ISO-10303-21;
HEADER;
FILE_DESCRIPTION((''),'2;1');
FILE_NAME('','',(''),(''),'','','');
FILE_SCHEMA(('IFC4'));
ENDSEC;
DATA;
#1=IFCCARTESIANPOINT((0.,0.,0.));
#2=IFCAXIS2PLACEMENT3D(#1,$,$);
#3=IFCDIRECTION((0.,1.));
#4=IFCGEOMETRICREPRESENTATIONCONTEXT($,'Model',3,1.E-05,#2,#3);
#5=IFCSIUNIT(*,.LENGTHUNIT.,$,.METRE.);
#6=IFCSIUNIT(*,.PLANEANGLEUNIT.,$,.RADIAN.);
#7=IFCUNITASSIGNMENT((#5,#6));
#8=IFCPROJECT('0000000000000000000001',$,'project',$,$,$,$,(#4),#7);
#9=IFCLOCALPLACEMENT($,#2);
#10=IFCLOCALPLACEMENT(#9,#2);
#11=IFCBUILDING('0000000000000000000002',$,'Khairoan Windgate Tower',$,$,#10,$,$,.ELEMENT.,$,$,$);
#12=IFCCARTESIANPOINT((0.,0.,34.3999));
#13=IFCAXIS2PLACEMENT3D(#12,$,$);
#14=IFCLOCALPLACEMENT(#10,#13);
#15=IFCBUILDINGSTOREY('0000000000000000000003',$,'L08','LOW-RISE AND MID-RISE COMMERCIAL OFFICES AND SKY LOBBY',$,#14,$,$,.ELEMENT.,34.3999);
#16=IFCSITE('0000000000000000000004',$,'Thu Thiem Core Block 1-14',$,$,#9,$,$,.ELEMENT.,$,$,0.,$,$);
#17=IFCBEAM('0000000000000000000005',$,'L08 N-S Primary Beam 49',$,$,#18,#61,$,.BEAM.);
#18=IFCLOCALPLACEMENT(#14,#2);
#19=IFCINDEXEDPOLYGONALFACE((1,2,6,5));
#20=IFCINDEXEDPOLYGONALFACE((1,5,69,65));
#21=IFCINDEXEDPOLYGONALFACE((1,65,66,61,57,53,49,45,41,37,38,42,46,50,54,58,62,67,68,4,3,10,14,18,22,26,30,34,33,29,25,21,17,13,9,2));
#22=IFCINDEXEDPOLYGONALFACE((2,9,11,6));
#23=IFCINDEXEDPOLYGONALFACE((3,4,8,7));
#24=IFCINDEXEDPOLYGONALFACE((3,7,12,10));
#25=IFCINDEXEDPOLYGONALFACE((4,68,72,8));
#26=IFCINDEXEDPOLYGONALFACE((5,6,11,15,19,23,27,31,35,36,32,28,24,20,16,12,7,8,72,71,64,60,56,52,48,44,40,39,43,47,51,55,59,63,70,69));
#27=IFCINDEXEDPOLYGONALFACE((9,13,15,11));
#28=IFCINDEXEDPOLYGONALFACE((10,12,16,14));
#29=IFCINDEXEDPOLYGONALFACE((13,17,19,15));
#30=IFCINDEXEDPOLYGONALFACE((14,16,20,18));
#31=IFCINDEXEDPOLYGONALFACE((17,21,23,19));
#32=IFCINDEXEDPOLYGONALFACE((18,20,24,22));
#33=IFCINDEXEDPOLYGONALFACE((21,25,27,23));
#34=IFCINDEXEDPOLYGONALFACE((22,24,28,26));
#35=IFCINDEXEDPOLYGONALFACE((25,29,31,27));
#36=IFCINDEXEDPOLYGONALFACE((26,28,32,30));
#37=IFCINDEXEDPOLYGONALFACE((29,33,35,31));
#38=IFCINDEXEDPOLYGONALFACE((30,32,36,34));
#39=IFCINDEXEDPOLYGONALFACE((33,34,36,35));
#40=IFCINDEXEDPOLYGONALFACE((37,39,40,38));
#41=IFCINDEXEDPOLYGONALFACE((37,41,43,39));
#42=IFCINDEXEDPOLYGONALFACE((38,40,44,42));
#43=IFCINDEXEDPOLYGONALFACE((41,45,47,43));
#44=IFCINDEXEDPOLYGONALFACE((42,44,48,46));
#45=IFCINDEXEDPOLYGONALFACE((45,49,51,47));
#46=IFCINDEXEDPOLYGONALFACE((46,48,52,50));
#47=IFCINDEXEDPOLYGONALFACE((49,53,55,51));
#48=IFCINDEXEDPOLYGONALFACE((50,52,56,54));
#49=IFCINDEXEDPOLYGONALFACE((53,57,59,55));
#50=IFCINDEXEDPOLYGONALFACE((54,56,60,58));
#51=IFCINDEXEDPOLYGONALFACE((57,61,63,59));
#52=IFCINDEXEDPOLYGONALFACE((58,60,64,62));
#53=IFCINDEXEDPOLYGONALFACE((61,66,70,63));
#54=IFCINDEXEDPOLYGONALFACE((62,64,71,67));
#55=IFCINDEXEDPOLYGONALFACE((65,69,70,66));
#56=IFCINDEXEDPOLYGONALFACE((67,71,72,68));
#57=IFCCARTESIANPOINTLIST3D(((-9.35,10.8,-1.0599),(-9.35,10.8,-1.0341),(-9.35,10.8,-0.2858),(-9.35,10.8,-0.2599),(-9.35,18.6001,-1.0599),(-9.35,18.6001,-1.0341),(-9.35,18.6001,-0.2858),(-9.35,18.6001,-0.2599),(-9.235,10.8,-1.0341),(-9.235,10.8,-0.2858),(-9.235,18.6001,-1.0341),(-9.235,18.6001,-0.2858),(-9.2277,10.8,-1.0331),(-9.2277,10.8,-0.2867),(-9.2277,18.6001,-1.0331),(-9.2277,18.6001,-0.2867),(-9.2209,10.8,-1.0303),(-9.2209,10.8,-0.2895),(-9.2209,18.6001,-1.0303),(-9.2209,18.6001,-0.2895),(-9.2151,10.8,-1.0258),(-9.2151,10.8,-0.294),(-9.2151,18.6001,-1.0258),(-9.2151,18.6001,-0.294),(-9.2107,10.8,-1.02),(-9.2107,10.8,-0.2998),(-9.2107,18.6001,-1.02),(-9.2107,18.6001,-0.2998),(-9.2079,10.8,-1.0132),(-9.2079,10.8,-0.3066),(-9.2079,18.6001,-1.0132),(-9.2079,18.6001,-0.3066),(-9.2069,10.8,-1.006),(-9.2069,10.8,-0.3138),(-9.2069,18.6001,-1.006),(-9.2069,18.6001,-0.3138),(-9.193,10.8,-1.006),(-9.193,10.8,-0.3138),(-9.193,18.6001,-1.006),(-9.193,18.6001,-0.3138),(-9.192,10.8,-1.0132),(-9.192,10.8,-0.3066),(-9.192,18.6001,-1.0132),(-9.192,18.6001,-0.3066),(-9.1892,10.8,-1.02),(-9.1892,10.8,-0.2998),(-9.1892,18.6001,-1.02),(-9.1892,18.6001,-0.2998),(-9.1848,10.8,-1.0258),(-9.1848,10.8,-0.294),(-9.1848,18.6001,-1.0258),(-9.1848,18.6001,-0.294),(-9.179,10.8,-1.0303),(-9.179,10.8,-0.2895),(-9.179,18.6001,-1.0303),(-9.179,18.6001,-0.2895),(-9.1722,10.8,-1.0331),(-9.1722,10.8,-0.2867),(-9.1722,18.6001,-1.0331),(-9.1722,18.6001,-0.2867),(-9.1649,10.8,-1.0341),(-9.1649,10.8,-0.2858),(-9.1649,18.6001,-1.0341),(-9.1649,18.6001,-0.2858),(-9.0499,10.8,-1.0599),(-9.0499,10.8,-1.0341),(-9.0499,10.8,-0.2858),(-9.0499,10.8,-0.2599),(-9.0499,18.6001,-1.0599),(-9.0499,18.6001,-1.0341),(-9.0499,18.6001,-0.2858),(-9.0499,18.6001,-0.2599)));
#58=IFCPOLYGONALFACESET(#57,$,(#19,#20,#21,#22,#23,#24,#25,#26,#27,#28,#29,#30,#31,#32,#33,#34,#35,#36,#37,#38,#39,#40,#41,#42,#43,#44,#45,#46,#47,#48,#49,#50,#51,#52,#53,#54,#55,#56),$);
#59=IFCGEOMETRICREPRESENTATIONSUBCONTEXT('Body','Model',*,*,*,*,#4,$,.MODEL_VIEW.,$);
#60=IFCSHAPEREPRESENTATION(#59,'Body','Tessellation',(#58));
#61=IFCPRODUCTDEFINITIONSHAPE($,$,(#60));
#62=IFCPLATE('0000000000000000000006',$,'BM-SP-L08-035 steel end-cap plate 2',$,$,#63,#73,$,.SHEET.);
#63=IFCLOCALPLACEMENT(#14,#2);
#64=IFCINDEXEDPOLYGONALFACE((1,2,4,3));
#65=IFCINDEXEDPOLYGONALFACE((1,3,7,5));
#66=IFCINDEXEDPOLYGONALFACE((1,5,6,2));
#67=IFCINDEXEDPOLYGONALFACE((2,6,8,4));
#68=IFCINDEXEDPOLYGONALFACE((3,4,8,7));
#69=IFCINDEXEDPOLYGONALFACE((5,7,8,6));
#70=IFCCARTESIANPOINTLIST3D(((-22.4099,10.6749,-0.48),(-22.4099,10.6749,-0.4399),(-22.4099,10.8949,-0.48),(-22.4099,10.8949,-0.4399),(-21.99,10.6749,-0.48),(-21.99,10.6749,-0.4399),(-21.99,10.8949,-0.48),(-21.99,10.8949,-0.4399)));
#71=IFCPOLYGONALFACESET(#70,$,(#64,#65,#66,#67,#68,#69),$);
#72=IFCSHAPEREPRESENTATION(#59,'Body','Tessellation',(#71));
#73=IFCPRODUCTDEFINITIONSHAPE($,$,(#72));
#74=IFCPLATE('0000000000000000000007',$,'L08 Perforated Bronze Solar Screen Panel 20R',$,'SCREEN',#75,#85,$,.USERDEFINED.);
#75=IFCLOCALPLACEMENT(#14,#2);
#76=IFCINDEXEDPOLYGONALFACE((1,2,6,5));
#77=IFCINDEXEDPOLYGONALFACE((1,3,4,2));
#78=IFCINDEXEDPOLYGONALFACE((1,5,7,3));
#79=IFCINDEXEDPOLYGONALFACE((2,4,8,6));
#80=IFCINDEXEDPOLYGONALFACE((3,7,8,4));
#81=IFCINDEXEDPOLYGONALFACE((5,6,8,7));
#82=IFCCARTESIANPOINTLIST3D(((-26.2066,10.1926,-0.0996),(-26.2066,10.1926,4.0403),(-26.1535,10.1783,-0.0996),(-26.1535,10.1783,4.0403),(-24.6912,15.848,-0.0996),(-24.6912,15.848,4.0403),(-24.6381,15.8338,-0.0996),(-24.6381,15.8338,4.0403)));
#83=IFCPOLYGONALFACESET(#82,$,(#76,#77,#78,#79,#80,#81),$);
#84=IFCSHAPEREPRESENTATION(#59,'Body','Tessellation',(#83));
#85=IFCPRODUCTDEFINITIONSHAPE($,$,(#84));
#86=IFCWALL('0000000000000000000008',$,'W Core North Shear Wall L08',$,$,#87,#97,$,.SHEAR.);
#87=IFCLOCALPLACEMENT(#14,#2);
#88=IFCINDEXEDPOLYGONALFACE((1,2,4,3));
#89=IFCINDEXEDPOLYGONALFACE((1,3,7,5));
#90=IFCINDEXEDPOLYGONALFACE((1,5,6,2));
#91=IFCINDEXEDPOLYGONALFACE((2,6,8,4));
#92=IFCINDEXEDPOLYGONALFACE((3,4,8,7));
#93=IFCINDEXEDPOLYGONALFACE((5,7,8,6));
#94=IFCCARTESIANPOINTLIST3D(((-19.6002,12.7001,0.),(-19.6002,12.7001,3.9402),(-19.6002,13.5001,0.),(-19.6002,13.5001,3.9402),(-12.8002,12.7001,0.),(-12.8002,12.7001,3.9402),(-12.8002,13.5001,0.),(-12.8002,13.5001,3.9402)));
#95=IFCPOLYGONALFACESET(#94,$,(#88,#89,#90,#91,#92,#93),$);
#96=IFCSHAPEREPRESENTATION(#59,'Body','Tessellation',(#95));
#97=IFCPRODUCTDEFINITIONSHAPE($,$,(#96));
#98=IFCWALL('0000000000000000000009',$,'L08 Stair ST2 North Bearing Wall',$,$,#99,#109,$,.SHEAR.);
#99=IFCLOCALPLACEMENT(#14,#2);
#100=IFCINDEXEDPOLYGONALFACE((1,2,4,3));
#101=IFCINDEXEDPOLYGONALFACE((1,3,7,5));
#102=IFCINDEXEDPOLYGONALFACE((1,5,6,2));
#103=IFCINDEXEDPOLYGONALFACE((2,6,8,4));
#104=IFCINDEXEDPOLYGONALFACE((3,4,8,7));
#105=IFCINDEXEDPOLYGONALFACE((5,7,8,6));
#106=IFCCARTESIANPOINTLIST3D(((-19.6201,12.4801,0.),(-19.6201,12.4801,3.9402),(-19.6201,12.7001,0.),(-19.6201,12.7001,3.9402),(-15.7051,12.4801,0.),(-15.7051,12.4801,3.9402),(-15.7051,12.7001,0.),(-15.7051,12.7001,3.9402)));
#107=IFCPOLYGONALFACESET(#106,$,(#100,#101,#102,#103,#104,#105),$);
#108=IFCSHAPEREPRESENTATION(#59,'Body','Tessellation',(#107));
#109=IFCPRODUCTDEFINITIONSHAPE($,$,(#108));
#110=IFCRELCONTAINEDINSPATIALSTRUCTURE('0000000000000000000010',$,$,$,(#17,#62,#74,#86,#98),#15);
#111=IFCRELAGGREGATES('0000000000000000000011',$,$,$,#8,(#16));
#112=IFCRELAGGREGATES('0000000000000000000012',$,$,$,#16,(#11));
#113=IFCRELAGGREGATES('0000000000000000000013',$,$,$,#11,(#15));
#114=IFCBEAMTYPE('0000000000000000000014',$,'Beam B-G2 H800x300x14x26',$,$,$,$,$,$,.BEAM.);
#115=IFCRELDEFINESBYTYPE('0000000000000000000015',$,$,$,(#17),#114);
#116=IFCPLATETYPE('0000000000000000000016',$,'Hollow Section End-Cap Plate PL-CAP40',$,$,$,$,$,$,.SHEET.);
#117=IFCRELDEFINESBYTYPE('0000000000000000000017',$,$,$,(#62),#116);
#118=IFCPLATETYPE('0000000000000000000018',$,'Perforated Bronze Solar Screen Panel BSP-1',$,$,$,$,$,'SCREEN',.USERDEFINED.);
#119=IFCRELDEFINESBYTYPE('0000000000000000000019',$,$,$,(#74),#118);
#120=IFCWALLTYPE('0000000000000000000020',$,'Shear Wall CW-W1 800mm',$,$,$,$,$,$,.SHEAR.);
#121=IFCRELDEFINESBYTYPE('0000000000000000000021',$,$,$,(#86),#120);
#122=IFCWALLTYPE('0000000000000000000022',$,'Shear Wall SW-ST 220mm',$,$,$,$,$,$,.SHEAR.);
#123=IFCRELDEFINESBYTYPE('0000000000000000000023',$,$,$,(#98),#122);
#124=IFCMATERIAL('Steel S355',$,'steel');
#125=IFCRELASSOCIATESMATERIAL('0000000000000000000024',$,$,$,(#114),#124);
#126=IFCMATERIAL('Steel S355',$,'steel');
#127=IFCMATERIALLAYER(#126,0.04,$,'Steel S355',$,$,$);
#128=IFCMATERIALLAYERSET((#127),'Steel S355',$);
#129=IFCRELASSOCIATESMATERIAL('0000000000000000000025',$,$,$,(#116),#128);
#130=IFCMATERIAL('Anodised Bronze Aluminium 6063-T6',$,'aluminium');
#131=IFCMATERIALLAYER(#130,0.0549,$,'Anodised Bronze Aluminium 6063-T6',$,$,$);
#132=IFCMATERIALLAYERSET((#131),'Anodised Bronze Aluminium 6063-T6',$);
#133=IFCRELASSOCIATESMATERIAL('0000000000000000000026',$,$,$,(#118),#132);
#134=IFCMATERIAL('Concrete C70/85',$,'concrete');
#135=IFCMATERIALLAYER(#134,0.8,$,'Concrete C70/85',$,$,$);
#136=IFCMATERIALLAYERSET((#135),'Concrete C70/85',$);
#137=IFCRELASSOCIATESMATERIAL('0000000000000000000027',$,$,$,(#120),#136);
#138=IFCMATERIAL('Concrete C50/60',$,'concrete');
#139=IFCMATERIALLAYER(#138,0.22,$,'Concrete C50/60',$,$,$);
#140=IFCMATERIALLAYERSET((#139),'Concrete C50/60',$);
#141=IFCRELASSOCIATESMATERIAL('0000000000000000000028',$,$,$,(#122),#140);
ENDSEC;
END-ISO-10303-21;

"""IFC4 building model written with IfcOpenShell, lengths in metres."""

from ifc_helpers import new_model, si_unit, direction, frame, frame_2d, origin, origin_2d, place, context, subcontext, project, spatial, rectangle, i_section, extrude, material, layer, layer_set, material_profile, profile_set, type_object, element, save


model = new_model("IFC4")

# Units and contexts
model_context = context("Model", 3, precision=1e-05, world=origin(), true_north=direction((0.0, 1.0)))
body_context = subcontext(model_context, "Body", "Model", "MODEL_VIEW")
ifc_project = project(units=[si_unit("LENGTHUNIT", "METRE"), si_unit("PLANEANGLEUNIT", "RADIAN")], contexts=[model_context])

# Site, building, storey
site_placement = place(None, origin())
site = spatial("IfcSite", under=ifc_project, at=site_placement, Name="Thu Thiem Core Block 1-14", CompositionType="ELEMENT", RefElevation=0.0)
building_placement = place(site_placement, origin())
building = spatial("IfcBuilding", under=site, at=building_placement, Name="Khairoan Windgate Tower", CompositionType="ELEMENT")
storey_placement = place(building_placement, frame((0.0, 0.0, 34.3999)))
storey = spatial("IfcBuildingStorey", under=building, at=storey_placement, Name="L08", Description="LOW-RISE AND MID-RISE COMMERCIAL OFFICES AND SKY LOBBY", CompositionType="ELEMENT", Elevation=34.3999)

# Beam
ifc_material_1 = material(Name="Steel S355", Category="steel")
ifc_material_profile_1 = material_profile(ifc_material_1, i_section(OverallWidth=0.3, OverallDepth=0.8, WebThickness=0.0139, FlangeThickness=0.0259, FilletRadius=0.0281, at=origin_2d()))
ifc_profile_set_1 = profile_set([ifc_material_profile_1], Name="Steel S355")
beam_type = type_object("IfcBeamType", Name="Beam B-G2 H800x300x14x26", PredefinedType="BEAM", material=ifc_profile_set_1)
beam_1_placement = place(storey_placement, frame((-9.2, 10.8, -0.6599), z_axis=(0.0, 1.0, 0.0), x_axis=(-1.0, 0.0, 0.0)))
element("IfcBeam", 1, at=beam_1_placement, inside=storey, type_object=beam_type, Name="L08 N-S Primary Beam 49", PredefinedType="BEAM", context=body_context, shape_type="SweptSolid", body=[
    extrude(i_section(OverallWidth=0.3, OverallDepth=0.8, WebThickness=0.0139, FlangeThickness=0.0259, FilletRadius=0.0281, at=origin_2d()), origin(), (0.0, 0.0, 1.0), 7.8),
])

# Plates
ifc_material_2 = material(Name="Steel S355", Category="steel")
ifc_layer_1 = layer(ifc_material_2, 0.04, Name="Steel S355")
ifc_layer_set_1 = layer_set([ifc_layer_1], Name="Steel S355")
plate_type_1 = type_object("IfcPlateType", Name="Hollow Section End-Cap Plate PL-CAP40", PredefinedType="SHEET", material=ifc_layer_set_1)
plate_1_placement = place(storey_placement, frame((-22.2, 10.7849, -0.48), z_axis=(0.0, 0.0, 1.0), x_axis=(0.0, 1.0, 0.0)))
element("IfcPlate", 2, at=plate_1_placement, inside=storey, type_object=plate_type_1, Name="BM-SP-L08-035 steel end-cap plate 2", PredefinedType="SHEET", context=body_context, shape_type="SweptSolid", body=[
    extrude(rectangle(XDim=0.22, YDim=0.4199, at=origin_2d()), origin(), (0.0, 0.0, 1.0), 0.04),
])
ifc_material_3 = material(Name="Anodised Bronze Aluminium 6063-T6", Category="aluminium")
ifc_layer_2 = layer(ifc_material_3, 0.0549, Name="Anodised Bronze Aluminium 6063-T6")
ifc_layer_set_2 = layer_set([ifc_layer_2], Name="Anodised Bronze Aluminium 6063-T6")
plate_type_2 = type_object("IfcPlateType", Name="Perforated Bronze Solar Screen Panel BSP-1", ElementType="SCREEN", PredefinedType="USERDEFINED", material=ifc_layer_set_2)
plate_2_placement = place(storey_placement, frame((-25.4224, 13.0132, -0.0996), z_axis=(0.0, 0.0, 1.0), x_axis=(0.258819, 0.965926, 0.0)))
element("IfcPlate", 3, at=plate_2_placement, inside=storey, type_object=plate_type_2, Name="L08 Perforated Bronze Solar Screen Panel 20R", ObjectType="SCREEN", PredefinedType="USERDEFINED", context=body_context, shape_type="SweptSolid", body=[
    extrude(rectangle(XDim=5.855, YDim=0.0549, at=origin_2d()), origin(), (0.0, 0.0, 1.0), 4.1399),
])

# Walls
ifc_material_4 = material(Name="Concrete C70/85", Category="concrete")
ifc_layer_3 = layer(ifc_material_4, 0.8, Name="Concrete C70/85")
ifc_layer_set_3 = layer_set([ifc_layer_3], Name="Concrete C70/85")
wall_type_1 = type_object("IfcWallType", Name="Shear Wall CW-W1 800mm", PredefinedType="SHEAR", material=ifc_layer_set_3)
wall_1_placement = place(storey_placement, frame((-19.6001, 13.1001, 0.0), z_axis=(0.0, 0.0, 1.0), x_axis=(1.0, 0.0, 0.0)))
element("IfcWall", 4, at=wall_1_placement, inside=storey, type_object=wall_type_1, Name="W Core North Shear Wall L08", PredefinedType="SHEAR", context=body_context, shape_type="SweptSolid", body=[
    extrude(rectangle(XDim=6.8, YDim=0.8, at=frame_2d((3.3999, 0.0))), origin(), (0.0, 0.0, 1.0), 3.9402),
])
ifc_material_5 = material(Name="Concrete C50/60", Category="concrete")
ifc_layer_4 = layer(ifc_material_5, 0.22, Name="Concrete C50/60")
ifc_layer_set_4 = layer_set([ifc_layer_4], Name="Concrete C50/60")
wall_type_2 = type_object("IfcWallType", Name="Shear Wall SW-ST 220mm", PredefinedType="SHEAR", material=ifc_layer_set_4)
wall_2_placement = place(storey_placement, frame((-19.6201, 12.5901, 0.0), z_axis=(0.0, 0.0, 1.0), x_axis=(1.0, 0.0, 0.0)))
element("IfcWall", 5, at=wall_2_placement, inside=storey, type_object=wall_type_2, Name="L08 Stair ST2 North Bearing Wall", PredefinedType="SHEAR", context=body_context, shape_type="SweptSolid", body=[
    extrude(rectangle(XDim=3.915, YDim=0.22, at=frame_2d((1.9575, 0.0))), origin(), (0.0, 0.0, 1.0), 3.9402),
])

save(model, "model.ifc")
